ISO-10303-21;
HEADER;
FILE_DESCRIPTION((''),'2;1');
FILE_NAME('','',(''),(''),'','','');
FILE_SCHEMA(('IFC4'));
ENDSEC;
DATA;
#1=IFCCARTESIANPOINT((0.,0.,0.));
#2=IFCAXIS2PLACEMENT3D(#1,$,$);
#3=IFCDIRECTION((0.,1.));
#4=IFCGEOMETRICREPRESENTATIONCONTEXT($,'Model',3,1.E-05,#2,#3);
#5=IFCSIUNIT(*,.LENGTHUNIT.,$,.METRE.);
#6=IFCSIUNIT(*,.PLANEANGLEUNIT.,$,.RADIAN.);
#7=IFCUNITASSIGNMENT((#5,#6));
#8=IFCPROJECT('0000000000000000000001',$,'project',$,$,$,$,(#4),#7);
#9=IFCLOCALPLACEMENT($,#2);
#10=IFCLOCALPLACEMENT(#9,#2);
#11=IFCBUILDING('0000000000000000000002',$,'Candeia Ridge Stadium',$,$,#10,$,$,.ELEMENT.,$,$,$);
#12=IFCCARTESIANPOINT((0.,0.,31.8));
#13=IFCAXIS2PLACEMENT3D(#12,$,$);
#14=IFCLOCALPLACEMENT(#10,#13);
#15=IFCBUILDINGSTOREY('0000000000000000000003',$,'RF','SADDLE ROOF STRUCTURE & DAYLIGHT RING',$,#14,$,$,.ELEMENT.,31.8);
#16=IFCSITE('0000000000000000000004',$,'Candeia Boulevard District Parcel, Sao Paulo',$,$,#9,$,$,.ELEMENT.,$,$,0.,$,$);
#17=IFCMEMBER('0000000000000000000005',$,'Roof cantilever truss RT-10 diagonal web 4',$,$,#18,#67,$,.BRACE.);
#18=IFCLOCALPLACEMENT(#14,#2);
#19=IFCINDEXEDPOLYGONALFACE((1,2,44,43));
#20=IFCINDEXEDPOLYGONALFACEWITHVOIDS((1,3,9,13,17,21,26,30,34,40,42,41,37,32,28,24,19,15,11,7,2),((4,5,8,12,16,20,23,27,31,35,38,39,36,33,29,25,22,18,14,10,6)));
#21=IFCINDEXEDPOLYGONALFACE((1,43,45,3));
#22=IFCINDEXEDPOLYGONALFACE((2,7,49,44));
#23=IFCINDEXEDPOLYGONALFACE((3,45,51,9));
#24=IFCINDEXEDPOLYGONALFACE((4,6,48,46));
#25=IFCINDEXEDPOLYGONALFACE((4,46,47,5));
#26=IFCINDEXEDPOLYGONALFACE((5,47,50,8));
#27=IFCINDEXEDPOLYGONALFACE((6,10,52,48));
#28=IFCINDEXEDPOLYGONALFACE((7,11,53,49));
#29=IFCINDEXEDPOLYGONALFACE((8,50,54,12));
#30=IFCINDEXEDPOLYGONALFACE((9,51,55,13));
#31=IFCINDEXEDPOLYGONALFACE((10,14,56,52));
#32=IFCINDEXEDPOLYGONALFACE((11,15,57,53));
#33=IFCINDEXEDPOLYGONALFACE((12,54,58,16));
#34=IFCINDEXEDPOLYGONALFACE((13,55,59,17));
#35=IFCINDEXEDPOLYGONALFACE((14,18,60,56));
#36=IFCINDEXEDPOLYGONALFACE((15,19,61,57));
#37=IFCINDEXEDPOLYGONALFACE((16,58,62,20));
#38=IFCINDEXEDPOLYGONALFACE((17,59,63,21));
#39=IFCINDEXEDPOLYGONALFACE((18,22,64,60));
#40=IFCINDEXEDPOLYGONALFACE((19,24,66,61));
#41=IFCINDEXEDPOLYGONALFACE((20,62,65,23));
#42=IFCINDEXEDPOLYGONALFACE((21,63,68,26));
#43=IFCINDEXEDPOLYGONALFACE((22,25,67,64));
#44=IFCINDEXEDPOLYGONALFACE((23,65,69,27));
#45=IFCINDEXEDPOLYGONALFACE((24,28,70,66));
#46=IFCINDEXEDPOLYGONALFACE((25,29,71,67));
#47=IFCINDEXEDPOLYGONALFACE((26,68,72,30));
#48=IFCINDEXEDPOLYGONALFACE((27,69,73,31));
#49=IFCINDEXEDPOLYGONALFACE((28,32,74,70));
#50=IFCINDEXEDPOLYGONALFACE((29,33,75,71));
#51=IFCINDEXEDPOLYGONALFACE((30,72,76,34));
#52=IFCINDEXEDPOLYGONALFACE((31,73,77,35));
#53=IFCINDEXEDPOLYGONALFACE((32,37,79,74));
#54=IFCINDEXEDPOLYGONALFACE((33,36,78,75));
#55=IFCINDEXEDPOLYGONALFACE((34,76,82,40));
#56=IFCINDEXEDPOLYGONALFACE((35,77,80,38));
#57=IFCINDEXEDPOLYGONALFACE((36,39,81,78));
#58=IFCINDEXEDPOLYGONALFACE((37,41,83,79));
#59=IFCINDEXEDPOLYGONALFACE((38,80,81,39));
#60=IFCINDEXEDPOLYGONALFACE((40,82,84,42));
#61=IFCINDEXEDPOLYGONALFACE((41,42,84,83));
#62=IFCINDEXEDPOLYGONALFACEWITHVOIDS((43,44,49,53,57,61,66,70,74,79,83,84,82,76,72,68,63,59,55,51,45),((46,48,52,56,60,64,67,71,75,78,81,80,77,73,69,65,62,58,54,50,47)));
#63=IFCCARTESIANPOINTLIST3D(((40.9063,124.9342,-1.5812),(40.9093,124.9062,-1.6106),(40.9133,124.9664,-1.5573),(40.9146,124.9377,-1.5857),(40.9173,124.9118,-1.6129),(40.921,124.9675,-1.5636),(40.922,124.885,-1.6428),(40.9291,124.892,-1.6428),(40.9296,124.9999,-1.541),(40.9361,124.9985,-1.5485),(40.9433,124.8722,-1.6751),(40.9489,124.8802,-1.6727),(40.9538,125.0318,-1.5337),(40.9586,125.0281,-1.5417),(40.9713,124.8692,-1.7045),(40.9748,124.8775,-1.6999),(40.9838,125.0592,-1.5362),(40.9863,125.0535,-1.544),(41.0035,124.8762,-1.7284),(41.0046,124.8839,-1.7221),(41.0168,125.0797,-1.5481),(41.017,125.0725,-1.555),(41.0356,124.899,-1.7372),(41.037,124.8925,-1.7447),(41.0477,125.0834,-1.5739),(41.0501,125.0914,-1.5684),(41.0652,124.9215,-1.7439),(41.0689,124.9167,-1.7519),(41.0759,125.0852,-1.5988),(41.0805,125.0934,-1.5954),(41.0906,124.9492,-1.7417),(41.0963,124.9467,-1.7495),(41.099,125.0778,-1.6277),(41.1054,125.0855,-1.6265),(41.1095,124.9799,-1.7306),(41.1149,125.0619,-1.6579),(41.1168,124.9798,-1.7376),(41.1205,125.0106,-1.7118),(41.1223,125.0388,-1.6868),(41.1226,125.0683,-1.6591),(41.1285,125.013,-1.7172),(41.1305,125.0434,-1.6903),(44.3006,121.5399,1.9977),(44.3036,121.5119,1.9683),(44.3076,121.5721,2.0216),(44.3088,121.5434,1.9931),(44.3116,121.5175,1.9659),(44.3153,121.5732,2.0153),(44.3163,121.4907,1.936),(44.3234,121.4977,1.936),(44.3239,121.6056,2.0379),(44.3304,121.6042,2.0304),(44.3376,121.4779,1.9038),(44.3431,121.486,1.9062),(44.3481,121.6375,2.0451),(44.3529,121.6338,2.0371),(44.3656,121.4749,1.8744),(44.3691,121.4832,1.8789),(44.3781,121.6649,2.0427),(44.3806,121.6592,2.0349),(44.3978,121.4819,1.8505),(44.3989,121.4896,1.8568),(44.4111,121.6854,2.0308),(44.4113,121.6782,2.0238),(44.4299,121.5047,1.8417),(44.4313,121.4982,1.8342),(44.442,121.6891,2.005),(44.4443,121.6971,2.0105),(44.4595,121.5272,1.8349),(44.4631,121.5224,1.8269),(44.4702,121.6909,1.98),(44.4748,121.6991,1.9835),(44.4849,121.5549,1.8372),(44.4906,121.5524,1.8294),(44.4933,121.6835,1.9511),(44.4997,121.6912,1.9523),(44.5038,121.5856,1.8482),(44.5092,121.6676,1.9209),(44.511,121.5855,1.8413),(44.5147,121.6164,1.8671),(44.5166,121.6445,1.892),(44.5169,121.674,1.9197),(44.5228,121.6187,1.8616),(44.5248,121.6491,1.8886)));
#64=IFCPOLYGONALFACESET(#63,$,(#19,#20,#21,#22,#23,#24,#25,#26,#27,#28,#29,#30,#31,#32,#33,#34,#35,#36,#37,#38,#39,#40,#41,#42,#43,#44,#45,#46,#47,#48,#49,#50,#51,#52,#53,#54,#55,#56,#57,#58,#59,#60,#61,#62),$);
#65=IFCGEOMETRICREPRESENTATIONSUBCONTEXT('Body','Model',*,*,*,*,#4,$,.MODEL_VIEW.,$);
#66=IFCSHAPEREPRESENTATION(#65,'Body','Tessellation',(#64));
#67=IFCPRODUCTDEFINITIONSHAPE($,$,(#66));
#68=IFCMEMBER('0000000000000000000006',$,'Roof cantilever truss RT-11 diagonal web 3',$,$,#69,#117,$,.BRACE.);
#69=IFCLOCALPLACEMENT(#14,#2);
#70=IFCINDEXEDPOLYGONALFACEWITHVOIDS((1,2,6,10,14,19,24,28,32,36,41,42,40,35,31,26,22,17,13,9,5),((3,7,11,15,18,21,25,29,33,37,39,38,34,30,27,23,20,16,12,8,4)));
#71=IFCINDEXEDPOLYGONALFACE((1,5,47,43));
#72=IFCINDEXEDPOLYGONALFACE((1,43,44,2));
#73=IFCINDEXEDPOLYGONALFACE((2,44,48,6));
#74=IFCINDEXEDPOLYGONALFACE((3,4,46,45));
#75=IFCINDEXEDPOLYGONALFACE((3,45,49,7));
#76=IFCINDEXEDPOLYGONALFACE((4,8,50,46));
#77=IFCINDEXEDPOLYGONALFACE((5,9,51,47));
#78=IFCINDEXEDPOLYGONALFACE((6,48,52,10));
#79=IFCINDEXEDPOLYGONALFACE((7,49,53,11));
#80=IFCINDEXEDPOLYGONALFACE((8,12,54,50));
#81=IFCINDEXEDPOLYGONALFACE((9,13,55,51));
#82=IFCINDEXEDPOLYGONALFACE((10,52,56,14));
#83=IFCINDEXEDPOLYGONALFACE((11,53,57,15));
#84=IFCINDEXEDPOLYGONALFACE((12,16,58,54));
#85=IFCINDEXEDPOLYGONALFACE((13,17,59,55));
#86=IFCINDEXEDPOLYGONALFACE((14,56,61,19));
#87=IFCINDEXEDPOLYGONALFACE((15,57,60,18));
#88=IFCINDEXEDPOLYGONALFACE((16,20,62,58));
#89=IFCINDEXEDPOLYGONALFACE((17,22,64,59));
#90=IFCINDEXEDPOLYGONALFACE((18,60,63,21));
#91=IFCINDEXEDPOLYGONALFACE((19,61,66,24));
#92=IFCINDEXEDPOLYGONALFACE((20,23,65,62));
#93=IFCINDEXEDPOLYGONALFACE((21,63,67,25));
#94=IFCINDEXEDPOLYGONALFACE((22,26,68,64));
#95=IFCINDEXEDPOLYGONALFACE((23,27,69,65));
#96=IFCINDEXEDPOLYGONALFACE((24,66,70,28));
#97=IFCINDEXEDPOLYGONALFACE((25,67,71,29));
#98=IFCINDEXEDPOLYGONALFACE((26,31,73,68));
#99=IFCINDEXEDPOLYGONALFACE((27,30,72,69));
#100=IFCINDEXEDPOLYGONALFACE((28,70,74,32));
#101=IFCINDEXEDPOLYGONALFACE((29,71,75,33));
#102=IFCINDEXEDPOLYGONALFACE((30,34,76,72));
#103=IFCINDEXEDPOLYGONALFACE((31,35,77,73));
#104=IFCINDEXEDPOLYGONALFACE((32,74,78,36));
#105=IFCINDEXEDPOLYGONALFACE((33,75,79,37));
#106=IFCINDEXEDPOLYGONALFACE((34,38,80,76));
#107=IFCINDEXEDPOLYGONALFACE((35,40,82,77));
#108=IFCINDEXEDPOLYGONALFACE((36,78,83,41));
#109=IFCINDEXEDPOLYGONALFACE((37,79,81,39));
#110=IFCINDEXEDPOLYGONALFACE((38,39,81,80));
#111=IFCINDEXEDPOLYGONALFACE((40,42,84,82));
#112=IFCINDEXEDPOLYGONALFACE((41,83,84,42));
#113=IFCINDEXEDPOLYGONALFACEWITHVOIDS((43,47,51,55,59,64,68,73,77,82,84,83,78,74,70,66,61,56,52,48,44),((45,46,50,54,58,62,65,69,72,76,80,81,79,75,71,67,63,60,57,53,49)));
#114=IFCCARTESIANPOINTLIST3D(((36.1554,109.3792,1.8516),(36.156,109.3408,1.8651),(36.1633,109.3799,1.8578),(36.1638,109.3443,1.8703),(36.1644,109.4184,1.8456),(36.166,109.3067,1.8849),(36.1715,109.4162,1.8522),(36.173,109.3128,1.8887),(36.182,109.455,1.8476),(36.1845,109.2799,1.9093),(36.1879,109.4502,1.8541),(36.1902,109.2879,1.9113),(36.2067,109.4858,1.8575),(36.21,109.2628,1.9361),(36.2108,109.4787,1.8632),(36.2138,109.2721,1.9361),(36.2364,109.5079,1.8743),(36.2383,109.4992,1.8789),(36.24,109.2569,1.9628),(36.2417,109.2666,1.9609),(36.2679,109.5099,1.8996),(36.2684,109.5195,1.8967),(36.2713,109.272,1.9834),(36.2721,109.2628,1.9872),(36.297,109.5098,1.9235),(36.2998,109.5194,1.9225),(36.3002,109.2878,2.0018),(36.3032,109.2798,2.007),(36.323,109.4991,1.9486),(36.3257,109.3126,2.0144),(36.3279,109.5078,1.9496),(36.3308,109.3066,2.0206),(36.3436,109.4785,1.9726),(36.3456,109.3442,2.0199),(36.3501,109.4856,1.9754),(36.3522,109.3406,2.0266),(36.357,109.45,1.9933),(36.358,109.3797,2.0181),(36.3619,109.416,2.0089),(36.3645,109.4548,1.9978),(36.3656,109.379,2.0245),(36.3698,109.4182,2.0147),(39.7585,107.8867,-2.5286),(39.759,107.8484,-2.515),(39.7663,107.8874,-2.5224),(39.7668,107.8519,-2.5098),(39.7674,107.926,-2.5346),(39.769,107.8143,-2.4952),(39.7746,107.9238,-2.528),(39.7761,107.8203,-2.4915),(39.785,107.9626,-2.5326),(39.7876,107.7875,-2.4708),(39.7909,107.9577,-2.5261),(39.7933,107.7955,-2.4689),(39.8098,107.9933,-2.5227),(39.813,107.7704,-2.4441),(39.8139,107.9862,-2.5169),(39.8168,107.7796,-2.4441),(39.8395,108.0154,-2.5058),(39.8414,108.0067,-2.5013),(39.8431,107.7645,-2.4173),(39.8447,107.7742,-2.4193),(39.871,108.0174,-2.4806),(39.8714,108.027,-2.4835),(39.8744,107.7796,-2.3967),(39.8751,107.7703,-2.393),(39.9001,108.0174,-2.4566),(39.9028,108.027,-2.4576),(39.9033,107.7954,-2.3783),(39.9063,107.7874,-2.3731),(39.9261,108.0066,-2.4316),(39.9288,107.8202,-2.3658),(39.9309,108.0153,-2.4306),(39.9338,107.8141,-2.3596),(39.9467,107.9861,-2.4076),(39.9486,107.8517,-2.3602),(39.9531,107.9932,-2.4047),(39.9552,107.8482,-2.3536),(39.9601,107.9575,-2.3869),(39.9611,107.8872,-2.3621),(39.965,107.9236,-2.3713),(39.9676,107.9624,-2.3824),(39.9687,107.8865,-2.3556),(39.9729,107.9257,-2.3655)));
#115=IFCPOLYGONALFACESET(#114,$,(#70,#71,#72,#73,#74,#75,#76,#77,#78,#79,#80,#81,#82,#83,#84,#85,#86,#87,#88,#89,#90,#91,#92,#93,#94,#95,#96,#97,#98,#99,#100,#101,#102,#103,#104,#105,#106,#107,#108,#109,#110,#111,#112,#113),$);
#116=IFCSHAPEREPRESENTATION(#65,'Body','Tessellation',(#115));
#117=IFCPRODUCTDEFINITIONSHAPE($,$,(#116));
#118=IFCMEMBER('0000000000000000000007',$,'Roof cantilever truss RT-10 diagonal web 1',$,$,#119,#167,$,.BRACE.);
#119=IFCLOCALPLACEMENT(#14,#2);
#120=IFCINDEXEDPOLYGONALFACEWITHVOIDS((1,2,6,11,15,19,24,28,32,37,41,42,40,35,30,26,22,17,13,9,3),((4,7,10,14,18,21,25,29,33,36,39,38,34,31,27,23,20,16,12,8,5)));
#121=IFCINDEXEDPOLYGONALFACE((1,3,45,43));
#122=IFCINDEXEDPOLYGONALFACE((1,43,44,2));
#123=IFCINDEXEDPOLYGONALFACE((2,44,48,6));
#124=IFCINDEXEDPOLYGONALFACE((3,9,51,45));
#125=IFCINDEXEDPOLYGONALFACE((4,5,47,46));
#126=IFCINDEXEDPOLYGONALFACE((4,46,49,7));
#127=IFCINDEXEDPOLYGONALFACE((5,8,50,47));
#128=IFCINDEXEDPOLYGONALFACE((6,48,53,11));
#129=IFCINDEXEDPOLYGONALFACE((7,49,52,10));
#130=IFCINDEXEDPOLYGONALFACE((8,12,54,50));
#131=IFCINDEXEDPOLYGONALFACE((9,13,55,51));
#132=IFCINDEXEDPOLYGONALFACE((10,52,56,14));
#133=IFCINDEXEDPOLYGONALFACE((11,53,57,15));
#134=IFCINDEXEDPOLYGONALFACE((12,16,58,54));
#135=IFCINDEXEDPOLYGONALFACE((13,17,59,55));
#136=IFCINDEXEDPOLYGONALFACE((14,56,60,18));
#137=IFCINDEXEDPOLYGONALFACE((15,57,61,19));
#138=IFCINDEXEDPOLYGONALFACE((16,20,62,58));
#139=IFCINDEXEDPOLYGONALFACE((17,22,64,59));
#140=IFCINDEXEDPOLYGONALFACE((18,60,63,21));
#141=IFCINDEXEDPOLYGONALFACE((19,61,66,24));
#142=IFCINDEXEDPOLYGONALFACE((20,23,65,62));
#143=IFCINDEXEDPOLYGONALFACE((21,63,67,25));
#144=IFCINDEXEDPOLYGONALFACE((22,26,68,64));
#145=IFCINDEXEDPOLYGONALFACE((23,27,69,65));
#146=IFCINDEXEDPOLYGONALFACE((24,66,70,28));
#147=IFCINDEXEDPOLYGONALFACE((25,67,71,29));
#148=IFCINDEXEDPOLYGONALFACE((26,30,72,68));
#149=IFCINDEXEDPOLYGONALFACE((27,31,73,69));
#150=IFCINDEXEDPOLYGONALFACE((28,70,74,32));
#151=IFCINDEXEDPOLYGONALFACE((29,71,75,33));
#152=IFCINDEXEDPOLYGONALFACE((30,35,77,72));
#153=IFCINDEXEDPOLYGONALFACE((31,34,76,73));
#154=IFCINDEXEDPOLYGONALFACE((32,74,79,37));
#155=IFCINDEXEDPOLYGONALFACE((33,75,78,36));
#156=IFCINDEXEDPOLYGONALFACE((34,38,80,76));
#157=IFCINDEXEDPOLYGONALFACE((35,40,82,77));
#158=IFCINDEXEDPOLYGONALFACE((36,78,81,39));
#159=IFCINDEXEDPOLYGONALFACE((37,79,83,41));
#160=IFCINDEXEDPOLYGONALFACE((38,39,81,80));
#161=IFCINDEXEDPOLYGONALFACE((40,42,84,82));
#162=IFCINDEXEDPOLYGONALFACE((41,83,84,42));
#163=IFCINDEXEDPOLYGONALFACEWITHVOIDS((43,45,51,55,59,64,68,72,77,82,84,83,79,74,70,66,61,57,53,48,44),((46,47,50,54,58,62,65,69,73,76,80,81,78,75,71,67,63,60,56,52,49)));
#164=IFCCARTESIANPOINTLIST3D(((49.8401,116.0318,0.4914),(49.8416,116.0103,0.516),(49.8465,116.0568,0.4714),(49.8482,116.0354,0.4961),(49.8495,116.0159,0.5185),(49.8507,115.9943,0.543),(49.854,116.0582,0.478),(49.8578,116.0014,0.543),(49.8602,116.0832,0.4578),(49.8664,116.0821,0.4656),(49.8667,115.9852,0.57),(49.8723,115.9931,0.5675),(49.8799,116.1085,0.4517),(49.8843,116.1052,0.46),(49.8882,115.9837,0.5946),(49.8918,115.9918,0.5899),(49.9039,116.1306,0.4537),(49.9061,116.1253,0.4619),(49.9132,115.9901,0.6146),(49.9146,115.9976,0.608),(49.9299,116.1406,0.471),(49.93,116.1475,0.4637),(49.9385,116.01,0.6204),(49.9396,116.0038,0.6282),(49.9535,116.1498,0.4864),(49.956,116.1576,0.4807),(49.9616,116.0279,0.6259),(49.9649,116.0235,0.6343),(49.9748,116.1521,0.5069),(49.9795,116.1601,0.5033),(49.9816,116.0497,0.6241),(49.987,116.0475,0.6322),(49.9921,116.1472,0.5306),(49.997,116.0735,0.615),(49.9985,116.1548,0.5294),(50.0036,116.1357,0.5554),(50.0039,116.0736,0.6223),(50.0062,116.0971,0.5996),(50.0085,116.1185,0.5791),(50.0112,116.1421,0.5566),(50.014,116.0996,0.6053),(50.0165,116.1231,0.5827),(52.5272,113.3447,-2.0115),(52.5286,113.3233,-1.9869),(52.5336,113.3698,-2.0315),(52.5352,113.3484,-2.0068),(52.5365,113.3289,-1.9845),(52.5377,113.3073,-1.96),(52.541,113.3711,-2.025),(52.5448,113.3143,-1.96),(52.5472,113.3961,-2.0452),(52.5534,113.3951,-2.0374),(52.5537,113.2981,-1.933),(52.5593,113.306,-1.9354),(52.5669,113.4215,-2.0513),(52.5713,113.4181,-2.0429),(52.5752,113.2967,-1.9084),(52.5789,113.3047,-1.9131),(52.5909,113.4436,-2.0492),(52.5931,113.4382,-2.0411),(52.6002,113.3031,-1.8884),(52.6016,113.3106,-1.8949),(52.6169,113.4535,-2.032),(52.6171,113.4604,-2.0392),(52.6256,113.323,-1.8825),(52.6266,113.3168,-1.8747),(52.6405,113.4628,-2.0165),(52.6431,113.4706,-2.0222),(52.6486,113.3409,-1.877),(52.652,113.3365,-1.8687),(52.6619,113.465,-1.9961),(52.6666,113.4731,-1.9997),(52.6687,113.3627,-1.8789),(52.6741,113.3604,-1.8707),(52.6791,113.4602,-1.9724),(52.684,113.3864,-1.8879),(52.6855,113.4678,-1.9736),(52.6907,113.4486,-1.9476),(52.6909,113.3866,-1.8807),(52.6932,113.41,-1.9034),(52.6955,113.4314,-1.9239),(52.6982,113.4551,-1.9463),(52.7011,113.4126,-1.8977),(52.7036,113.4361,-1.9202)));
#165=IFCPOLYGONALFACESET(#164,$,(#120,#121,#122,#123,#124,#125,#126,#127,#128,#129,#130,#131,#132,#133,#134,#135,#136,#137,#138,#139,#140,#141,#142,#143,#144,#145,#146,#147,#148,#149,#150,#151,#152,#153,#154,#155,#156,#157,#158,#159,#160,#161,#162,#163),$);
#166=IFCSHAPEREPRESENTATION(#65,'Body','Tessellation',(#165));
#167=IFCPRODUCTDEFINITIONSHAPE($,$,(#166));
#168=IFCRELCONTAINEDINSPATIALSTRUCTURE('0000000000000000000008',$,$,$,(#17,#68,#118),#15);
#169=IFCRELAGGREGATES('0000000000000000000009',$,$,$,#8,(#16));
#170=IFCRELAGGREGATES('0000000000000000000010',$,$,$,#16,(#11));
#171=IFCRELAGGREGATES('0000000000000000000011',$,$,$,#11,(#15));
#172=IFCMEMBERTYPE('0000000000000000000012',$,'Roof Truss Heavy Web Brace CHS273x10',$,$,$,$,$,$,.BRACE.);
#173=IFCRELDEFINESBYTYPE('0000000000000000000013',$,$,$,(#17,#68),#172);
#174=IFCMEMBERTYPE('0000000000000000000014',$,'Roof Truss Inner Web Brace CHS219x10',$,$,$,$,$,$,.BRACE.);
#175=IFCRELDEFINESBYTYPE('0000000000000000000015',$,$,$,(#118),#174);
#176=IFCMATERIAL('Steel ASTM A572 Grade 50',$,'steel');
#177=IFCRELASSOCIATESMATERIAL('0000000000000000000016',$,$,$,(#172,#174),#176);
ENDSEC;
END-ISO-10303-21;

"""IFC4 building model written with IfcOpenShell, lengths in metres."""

from ifc_helpers import new_model, si_unit, direction, frame, origin, origin_2d, place, context, subcontext, project, spatial, hollow_circle, extrude, material, material_profile, profile_set, type_object, element, save


model = new_model("IFC4")

# Units and contexts
model_context = context("Model", 3, precision=1e-05, world=origin(), true_north=direction((0.0, 1.0)))
body_context = subcontext(model_context, "Body", "Model", "MODEL_VIEW")
ifc_project = project(units=[si_unit("LENGTHUNIT", "METRE"), si_unit("PLANEANGLEUNIT", "RADIAN")], contexts=[model_context])

# Site, building, storey
site_placement = place(None, origin())
site = spatial("IfcSite", under=ifc_project, at=site_placement, Name="Candeia Boulevard District Parcel, Sao Paulo", CompositionType="ELEMENT", RefElevation=0.0)
building_placement = place(site_placement, origin())
building = spatial("IfcBuilding", under=site, at=building_placement, Name="Candeia Ridge Stadium", CompositionType="ELEMENT")
storey_placement = place(building_placement, frame((0.0, 0.0, 31.8)))
storey = spatial("IfcBuildingStorey", under=building, at=storey_placement, Name="RF", Description="SADDLE ROOF STRUCTURE & DAYLIGHT RING", CompositionType="ELEMENT", Elevation=31.8)

# Shared definitions
ifc_material_1 = material(Name="Steel ASTM A572 Grade 50", Category="steel")

# Members
ifc_material_profile_1 = material_profile(ifc_material_1, hollow_circle(Radius=0.1365, WallThickness=0.01, at=origin_2d()), Name="CHS273x10", Category="steel")
ifc_profile_set_1 = profile_set([ifc_material_profile_1], Name="Steel ASTM A572 Grade 50")
member_type_1 = type_object("IfcMemberType", Name="Roof Truss Heavy Web Brace CHS273x10", PredefinedType="BRACE", material=ifc_profile_set_1)
member_1_placement = place(storey_placement, frame((44.4128, 121.5872, 1.936), z_axis=(-0.566892, 0.566892, -0.597718), x_axis=(-0.707107, -0.707107, 0.0)))
element("IfcMember", 1, at=member_1_placement, inside=storey, type_object=member_type_1, Name="Roof cantilever truss RT-10 diagonal web 4", PredefinedType="BRACE", context=body_context, shape_type="SweptSolid", body=[
    extrude(hollow_circle(Radius=0.1365, WallThickness=0.01, at=origin_2d()), origin(), (0.0, 0.0, 1.0), 5.9875),
])
member_2_placement = place(storey_placement, frame((39.8652, 107.8965, -2.4441), z_axis=(-0.614359, 0.254477, 0.746863), x_axis=(-0.382685, -0.923879, 0.0)))
element("IfcMember", 2, at=member_2_placement, inside=storey, type_object=member_type_1, Name="Roof cantilever truss RT-11 diagonal web 3", PredefinedType="BRACE", context=body_context, shape_type="SweptSolid", body=[
    extrude(hollow_circle(Radius=0.1365, WallThickness=0.01, at=origin_2d()), origin(), (0.0, 0.0, 1.0), 5.8647),
])
ifc_material_profile_2 = material_profile(ifc_material_1, hollow_circle(Radius=0.1096, WallThickness=0.01, at=origin_2d()), Name="CHS219x10", Category="steel")
ifc_profile_set_2 = profile_set([ifc_material_profile_2], Name="Steel ASTM A572 Grade 50")
member_type_2 = type_object("IfcMemberType", Name="Roof Truss Inner Web Brace CHS219x10", PredefinedType="BRACE", material=ifc_profile_set_2)
member_3_placement = place(storey_placement, frame((52.6152, 113.3848, -1.96), z_axis=(-0.59052, 0.59052, 0.550065), x_axis=(-0.707107, -0.707107, 0.0)))
element("IfcMember", 3, at=member_3_placement, inside=storey, type_object=member_type_2, Name="Roof cantilever truss RT-10 diagonal web 1", PredefinedType="BRACE", context=body_context, shape_type="SweptSolid", body=[
    extrude(hollow_circle(Radius=0.1096, WallThickness=0.01, at=origin_2d()), origin(), (0.0, 0.0, 1.0), 4.5503),
])

save(model, "model.ifc")
